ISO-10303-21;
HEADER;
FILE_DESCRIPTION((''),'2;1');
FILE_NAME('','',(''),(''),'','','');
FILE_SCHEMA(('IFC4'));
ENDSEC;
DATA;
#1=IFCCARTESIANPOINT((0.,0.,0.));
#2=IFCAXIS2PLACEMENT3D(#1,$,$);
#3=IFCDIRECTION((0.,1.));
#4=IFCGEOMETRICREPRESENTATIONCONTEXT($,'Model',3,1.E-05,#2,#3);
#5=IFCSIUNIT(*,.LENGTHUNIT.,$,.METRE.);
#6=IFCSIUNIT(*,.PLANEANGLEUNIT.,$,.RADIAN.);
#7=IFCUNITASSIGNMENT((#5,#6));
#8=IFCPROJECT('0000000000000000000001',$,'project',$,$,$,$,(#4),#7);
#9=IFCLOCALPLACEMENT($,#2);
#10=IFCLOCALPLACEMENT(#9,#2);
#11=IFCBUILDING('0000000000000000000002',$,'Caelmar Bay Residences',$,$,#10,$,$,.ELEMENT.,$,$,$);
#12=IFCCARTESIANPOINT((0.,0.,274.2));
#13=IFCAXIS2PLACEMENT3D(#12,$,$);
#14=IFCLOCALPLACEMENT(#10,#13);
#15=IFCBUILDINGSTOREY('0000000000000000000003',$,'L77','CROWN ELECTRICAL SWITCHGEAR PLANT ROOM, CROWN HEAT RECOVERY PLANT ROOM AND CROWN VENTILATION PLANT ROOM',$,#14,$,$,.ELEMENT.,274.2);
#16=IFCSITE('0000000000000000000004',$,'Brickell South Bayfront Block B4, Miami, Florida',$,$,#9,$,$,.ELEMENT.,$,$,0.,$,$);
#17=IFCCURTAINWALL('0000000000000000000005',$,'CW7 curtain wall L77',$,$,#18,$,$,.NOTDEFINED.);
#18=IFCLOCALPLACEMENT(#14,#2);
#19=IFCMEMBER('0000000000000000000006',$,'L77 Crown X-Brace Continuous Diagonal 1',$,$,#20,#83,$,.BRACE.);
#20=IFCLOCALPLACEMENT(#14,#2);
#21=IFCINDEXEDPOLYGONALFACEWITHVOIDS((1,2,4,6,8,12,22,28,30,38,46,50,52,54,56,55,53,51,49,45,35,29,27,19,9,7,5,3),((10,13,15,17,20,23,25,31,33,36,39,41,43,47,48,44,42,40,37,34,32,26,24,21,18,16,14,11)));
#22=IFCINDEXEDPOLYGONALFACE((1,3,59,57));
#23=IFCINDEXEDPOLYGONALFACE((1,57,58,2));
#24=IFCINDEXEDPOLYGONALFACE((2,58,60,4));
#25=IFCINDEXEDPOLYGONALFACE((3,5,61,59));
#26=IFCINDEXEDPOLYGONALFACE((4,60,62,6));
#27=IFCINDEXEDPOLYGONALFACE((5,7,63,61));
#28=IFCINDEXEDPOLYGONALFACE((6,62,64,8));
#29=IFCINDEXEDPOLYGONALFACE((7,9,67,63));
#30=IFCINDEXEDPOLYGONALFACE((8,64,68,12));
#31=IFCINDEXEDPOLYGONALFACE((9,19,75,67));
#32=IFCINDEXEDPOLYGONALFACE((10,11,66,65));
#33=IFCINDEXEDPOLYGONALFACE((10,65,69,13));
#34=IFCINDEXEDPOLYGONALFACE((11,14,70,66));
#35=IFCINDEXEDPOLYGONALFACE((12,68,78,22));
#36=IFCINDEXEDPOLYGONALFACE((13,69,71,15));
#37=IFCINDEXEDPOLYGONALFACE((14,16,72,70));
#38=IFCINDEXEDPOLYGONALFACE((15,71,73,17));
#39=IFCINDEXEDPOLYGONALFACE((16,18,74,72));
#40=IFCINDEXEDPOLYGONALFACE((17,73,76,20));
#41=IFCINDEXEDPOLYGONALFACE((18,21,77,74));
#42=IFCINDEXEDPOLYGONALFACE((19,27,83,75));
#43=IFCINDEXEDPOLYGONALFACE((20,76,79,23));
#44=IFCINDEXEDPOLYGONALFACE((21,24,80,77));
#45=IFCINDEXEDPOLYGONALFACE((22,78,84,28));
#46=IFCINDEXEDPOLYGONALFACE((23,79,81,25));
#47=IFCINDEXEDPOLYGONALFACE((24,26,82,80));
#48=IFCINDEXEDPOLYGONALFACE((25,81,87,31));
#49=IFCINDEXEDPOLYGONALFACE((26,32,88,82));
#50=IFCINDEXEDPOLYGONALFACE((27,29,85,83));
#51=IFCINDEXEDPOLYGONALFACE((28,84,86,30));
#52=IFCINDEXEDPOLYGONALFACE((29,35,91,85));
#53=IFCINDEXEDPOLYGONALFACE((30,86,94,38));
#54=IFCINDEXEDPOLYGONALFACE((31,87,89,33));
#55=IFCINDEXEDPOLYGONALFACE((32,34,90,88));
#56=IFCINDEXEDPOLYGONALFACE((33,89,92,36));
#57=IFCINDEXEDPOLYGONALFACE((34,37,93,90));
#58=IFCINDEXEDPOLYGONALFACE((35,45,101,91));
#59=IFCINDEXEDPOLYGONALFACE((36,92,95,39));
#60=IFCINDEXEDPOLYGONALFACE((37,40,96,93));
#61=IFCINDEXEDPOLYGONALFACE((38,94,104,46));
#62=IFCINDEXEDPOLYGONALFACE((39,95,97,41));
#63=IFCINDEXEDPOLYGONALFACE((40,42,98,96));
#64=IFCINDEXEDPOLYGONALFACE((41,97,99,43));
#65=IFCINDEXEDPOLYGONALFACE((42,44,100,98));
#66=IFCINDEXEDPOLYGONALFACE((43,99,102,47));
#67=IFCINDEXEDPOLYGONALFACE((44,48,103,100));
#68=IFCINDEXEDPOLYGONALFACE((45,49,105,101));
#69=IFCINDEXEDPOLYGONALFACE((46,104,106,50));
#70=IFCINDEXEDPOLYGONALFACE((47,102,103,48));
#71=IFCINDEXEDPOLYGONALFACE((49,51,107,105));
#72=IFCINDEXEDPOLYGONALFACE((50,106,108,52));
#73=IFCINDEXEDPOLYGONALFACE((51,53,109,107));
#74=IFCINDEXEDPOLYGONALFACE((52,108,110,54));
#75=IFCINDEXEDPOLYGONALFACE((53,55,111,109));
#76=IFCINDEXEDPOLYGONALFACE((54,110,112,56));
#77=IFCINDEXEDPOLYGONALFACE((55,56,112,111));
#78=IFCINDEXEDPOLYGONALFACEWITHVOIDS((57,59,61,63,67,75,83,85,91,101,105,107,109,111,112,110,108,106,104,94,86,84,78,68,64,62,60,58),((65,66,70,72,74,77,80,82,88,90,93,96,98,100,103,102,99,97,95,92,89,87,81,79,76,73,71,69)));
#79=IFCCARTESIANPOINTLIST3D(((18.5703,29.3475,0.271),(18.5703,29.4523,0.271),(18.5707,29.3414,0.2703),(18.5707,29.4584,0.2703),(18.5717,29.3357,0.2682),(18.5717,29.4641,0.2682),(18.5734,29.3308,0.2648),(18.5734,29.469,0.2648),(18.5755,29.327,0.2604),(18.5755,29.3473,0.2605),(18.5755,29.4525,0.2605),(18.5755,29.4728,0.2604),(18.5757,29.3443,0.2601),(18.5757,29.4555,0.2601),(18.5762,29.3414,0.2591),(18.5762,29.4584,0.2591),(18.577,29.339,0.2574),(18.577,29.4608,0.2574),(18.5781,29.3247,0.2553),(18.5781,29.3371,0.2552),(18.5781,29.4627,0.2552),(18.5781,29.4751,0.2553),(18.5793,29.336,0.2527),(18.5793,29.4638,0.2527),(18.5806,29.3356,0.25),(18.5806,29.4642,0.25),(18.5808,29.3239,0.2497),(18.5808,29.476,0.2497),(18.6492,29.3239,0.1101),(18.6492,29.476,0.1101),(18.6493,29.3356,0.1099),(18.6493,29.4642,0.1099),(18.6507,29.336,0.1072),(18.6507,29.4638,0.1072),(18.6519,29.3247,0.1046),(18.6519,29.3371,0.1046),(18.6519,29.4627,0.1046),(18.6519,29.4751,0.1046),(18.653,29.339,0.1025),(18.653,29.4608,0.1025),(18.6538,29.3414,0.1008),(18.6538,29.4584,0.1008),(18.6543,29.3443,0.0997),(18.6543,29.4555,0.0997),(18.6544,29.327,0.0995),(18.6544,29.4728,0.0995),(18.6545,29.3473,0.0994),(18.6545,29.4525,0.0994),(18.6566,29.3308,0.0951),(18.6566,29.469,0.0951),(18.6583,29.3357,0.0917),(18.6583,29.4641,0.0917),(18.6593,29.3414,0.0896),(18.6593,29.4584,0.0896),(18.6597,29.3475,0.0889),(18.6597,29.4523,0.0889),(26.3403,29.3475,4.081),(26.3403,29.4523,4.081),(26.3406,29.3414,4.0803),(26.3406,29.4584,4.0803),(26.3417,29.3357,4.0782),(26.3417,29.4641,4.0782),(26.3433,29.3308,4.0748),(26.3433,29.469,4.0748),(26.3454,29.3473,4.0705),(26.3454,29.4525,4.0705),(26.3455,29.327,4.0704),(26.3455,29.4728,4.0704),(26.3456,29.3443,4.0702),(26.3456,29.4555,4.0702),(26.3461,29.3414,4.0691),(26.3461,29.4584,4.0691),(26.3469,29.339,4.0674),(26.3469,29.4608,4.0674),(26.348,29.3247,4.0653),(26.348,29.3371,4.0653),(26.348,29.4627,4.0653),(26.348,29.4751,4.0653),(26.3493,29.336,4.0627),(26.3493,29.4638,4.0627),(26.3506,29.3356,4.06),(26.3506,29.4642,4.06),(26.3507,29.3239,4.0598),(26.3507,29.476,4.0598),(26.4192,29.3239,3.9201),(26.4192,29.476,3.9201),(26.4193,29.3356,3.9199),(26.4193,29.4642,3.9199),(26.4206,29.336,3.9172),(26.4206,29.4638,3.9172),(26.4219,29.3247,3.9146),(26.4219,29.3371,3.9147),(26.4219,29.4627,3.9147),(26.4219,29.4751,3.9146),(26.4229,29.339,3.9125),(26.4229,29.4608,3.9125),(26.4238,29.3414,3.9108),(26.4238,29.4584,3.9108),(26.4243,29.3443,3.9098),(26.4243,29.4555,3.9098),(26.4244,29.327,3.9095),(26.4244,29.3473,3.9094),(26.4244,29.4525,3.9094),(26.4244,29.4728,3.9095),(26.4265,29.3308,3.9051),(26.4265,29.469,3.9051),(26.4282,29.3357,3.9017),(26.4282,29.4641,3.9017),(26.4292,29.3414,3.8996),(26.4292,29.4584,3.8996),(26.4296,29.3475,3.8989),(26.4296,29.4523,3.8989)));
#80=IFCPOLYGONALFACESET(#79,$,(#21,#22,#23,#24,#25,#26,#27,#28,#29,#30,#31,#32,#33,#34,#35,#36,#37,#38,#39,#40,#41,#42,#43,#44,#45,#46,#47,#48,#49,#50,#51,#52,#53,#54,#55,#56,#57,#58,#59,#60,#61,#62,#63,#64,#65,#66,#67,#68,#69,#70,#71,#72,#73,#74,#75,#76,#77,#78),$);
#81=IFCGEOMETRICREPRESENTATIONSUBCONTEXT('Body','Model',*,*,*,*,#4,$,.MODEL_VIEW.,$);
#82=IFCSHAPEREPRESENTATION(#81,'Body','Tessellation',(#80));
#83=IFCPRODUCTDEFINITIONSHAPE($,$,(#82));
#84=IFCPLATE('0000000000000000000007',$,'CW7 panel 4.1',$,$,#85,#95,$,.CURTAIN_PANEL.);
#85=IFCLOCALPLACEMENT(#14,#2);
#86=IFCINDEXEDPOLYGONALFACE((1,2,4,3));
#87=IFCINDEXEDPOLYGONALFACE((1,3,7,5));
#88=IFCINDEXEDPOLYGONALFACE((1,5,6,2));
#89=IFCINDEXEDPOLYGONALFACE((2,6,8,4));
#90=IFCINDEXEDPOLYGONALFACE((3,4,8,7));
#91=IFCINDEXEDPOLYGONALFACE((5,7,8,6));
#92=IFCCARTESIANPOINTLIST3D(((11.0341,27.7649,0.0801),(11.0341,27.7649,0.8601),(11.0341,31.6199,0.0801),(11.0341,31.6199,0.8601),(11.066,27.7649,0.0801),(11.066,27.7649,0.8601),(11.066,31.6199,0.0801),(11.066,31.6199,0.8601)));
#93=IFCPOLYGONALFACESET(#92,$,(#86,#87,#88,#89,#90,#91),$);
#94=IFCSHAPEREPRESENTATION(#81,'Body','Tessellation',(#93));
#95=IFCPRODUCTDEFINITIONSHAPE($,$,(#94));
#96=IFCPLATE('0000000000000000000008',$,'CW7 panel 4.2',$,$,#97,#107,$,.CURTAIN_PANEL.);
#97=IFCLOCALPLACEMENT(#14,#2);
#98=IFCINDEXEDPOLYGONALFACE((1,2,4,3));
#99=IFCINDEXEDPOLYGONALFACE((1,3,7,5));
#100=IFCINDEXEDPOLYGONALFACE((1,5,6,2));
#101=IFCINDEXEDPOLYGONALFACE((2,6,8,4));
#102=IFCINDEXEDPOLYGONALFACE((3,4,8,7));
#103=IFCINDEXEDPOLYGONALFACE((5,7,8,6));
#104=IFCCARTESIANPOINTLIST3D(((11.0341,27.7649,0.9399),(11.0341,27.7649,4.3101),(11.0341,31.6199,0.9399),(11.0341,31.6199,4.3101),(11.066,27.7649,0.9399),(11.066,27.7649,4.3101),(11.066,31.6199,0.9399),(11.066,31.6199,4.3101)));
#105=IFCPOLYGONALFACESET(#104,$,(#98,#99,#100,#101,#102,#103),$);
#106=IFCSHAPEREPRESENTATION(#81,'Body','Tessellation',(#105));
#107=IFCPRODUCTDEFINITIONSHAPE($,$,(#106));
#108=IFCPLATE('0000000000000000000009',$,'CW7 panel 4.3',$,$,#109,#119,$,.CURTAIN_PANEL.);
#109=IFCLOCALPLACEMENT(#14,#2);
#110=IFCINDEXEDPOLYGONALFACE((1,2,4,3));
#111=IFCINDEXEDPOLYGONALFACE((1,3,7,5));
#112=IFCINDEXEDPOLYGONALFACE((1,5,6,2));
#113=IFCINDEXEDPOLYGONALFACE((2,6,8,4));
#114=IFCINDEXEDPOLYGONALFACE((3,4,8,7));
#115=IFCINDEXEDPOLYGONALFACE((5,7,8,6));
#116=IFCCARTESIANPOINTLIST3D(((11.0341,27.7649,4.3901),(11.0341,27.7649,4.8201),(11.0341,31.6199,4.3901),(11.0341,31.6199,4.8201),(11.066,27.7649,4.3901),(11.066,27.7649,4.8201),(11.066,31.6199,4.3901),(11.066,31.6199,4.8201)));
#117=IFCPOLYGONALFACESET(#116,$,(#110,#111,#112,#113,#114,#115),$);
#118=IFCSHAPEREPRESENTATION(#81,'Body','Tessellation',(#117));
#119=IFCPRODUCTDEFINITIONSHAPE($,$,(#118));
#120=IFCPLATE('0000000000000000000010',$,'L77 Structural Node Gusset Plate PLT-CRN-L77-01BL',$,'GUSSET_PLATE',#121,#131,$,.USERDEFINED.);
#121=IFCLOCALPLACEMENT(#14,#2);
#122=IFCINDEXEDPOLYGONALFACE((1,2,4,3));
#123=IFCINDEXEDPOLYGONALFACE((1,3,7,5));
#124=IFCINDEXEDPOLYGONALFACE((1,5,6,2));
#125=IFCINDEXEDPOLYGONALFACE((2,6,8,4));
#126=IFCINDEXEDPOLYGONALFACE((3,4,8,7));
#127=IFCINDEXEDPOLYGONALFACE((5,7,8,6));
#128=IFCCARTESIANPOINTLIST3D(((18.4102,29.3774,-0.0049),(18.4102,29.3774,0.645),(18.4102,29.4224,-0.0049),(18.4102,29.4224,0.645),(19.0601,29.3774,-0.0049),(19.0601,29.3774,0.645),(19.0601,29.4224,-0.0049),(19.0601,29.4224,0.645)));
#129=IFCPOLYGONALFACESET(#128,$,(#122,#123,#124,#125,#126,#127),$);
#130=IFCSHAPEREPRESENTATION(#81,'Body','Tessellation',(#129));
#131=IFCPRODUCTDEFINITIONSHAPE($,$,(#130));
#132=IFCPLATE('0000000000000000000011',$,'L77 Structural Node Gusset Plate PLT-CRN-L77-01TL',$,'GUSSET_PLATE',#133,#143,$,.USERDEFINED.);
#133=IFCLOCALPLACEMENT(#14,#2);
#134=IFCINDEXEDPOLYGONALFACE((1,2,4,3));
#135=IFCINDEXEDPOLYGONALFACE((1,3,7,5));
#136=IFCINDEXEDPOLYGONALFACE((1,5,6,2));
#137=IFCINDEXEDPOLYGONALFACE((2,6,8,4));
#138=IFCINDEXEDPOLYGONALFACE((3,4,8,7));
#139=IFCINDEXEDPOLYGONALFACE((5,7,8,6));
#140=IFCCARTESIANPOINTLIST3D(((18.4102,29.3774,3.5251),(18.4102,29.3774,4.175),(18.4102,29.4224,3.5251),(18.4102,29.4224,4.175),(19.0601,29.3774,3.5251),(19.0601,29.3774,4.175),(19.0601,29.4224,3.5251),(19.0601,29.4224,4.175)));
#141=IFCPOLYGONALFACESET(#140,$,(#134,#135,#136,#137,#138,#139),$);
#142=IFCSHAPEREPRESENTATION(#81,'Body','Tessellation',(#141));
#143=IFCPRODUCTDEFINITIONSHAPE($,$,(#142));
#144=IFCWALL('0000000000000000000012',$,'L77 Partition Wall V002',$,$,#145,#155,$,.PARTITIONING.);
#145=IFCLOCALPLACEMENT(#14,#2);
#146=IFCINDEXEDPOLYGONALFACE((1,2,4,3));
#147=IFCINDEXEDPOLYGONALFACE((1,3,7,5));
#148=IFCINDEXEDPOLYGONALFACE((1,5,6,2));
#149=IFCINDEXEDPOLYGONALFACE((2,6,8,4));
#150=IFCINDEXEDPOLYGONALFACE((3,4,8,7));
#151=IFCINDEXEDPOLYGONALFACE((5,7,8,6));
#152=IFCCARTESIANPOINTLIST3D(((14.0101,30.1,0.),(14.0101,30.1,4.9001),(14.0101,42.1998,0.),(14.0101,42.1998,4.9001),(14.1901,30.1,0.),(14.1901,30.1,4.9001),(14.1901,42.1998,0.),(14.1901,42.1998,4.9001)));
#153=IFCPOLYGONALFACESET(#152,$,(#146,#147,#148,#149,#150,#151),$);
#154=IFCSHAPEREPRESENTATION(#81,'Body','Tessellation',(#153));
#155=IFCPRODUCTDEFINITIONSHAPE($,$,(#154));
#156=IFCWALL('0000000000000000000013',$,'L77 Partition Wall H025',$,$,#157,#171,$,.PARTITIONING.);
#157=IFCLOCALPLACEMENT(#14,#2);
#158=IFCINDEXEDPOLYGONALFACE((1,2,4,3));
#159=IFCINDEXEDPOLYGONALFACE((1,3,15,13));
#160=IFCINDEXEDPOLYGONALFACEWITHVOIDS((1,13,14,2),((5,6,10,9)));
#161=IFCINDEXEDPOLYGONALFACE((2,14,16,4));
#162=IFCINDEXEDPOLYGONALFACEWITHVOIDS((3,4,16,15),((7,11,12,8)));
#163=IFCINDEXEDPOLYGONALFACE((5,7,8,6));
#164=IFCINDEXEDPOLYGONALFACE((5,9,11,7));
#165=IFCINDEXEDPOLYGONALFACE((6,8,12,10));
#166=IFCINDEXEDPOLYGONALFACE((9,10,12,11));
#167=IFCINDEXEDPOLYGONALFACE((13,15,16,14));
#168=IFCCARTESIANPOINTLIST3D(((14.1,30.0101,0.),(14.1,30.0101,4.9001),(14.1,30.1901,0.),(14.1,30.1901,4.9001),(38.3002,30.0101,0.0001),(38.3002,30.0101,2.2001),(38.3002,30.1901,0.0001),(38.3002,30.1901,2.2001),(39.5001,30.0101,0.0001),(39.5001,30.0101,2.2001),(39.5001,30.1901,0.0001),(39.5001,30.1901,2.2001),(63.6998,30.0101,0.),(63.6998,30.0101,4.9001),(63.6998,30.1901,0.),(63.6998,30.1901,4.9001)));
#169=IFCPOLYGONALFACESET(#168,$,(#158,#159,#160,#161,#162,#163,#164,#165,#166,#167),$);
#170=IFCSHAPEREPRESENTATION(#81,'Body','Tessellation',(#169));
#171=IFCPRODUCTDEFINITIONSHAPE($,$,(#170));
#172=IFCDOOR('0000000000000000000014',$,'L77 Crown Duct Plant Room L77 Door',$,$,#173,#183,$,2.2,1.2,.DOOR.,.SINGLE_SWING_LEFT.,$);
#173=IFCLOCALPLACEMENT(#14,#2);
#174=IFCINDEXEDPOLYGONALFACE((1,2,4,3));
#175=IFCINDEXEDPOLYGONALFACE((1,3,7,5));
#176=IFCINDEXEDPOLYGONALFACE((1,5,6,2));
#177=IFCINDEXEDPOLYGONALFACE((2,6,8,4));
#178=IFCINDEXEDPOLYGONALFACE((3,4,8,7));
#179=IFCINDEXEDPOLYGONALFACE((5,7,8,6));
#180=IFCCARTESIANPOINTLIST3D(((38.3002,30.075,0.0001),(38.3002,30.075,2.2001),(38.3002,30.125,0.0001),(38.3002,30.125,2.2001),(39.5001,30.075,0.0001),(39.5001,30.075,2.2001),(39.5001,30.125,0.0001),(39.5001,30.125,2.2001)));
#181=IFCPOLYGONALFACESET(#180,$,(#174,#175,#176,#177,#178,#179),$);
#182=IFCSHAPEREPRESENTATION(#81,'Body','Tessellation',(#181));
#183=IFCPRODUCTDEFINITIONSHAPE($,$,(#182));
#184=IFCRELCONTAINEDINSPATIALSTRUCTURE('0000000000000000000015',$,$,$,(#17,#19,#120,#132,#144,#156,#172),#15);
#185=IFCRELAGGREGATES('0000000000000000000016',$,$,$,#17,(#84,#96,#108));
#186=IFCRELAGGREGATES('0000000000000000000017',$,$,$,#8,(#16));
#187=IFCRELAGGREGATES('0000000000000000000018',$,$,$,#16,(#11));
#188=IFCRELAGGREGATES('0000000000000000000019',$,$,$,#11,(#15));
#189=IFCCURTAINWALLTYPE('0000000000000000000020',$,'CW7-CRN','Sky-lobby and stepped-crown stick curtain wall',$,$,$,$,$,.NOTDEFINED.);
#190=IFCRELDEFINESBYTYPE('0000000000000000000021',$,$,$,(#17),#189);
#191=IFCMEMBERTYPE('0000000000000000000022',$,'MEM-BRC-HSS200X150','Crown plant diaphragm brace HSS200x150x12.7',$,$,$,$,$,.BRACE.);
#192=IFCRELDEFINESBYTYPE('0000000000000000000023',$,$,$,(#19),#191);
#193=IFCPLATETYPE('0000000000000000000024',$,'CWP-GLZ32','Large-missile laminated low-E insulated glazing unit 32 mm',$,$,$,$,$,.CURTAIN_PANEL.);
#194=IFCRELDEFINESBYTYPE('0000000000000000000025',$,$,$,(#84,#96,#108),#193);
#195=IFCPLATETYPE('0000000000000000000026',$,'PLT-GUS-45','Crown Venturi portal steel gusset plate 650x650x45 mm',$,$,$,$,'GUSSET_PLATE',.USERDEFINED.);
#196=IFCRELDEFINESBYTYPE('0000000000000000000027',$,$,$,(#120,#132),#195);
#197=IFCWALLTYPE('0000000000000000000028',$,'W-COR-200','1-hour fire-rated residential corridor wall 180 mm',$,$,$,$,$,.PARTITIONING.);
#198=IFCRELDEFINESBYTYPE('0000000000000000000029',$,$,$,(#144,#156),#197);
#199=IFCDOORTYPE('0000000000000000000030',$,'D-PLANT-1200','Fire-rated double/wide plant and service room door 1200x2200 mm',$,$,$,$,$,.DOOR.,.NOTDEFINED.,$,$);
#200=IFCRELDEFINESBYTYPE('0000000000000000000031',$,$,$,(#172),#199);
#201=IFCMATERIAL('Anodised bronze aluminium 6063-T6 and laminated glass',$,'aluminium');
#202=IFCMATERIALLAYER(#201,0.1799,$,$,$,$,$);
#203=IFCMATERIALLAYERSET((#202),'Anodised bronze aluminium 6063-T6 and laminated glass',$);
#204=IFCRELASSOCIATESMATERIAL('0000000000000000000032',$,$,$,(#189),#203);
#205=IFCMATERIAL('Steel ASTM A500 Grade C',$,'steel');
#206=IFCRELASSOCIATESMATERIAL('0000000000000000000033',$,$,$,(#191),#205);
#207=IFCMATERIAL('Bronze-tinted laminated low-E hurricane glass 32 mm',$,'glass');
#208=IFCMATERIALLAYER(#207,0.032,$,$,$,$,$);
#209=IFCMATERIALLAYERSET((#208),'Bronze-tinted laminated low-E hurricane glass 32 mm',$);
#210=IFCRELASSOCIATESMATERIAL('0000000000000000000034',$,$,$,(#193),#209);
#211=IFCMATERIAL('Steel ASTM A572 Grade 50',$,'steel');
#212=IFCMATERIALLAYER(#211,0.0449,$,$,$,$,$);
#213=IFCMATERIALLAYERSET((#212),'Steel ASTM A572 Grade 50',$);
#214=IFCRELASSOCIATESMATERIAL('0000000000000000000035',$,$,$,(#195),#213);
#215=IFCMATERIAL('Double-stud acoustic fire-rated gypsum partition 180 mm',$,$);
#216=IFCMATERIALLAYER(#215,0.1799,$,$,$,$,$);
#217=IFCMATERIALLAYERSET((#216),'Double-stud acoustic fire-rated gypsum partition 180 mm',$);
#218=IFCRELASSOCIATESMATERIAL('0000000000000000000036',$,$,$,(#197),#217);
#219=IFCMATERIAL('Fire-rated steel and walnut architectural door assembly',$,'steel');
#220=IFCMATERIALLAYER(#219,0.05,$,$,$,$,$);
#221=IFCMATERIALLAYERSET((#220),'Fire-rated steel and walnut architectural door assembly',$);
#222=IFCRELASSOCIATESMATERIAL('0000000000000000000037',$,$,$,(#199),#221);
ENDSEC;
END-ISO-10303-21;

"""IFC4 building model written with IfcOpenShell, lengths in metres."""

from ifc_helpers import new_model, si_unit, direction, frame, frame_2d, origin, origin_2d, place, context, subcontext, project, spatial, rectangle, hollow_rectangle, extrude, material, layer, layer_set, material_profile, profile_set, type_object, element, fill, aggregate, save


model = new_model("IFC4")

# Units and contexts
model_context = context("Model", 3, precision=1e-05, world=origin(), true_north=direction((0.0, 1.0)))
body_context = subcontext(model_context, "Body", "Model", "MODEL_VIEW")
ifc_project = project(units=[si_unit("LENGTHUNIT", "METRE"), si_unit("PLANEANGLEUNIT", "RADIAN")], contexts=[model_context])

# Site, building, storey
site_placement = place(None, origin())
site = spatial("IfcSite", under=ifc_project, at=site_placement, Name="Brickell South Bayfront Block B4, Miami, Florida", CompositionType="ELEMENT", RefElevation=0.0)
building_placement = place(site_placement, origin())
building = spatial("IfcBuilding", under=site, at=building_placement, Name="Caelmar Bay Residences", CompositionType="ELEMENT")
storey_placement = place(building_placement, frame((0.0, 0.0, 274.2)))
storey = spatial("IfcBuildingStorey", under=building, at=storey_placement, Name="L77", Description="CROWN ELECTRICAL SWITCHGEAR PLANT ROOM, CROWN HEAT RECOVERY PLANT ROOM AND CROWN VENTILATION PLANT ROOM", CompositionType="ELEMENT", Elevation=274.2)

# Curtain wall
ifc_material_1 = material(Name="Anodised bronze aluminium 6063-T6 and laminated glass", Category="aluminium")
ifc_layer_1 = layer(ifc_material_1, 0.1799)
ifc_layer_set_1 = layer_set([ifc_layer_1], Name="Anodised bronze aluminium 6063-T6 and laminated glass")
curtain_wall_type = type_object("IfcCurtainWallType", Name="CW7-CRN", Description="Sky-lobby and stepped-crown stick curtain wall", PredefinedType="NOTDEFINED", material=ifc_layer_set_1)
curtain_wall_placement = place(storey_placement, origin())
curtain_wall = element("IfcCurtainWall", 1, at=curtain_wall_placement, inside=storey, type_object=curtain_wall_type, Name="CW7 curtain wall L77", PredefinedType="NOTDEFINED")

# Member
ifc_material_2 = material(Name="Steel ASTM A500 Grade C", Category="steel")
ifc_material_profile_1 = material_profile(ifc_material_2, hollow_rectangle(XDim=0.1521, YDim=0.2029, WallThickness=0.0117, InnerFilletRadius=0.0117, OuterFilletRadius=0.0237, at=origin_2d()), Name="HSS200X150X12.7")
ifc_profile_set_1 = profile_set([ifc_material_profile_1], Name="Steel ASTM A500 Grade C")
member_type_1 = type_object("IfcMemberType", Name="MEM-BRC-HSS200X150", Description="Crown plant diaphragm brace HSS200x150x12.7", PredefinedType="BRACE", material=ifc_profile_set_1)
member_1_placement = place(storey_placement, frame((18.615, 29.3999, 0.1799), z_axis=(0.897865, 0.0, 0.440271), x_axis=(0.0, 1.0, 0.0)))
element("IfcMember", 2, at=member_1_placement, inside=storey, type_object=member_type_1, Name="L77 Crown X-Brace Continuous Diagonal 1", PredefinedType="BRACE", context=body_context, shape_type="SweptSolid", body=[
    extrude(hollow_rectangle(XDim=0.1521, YDim=0.2029, WallThickness=0.0117, InnerFilletRadius=0.0117, OuterFilletRadius=0.0237, at=origin_2d()), origin(), (0.0, 0.0, 1.0), 8.6538),
])

# Plates
ifc_material_3 = material(Name="Bronze-tinted laminated low-E hurricane glass 32 mm", Category="glass")
ifc_layer_2 = layer(ifc_material_3, 0.032)
ifc_layer_set_2 = layer_set([ifc_layer_2], Name="Bronze-tinted laminated low-E hurricane glass 32 mm")
plate_type_1 = type_object("IfcPlateType", Name="CWP-GLZ32", Description="Large-missile laminated low-E insulated glazing unit 32 mm", PredefinedType="CURTAIN_PANEL", material=ifc_layer_set_2)
plate_1_placement = place(storey_placement, frame((11.05, 29.6924, 0.0801), z_axis=(0.0, 0.0, 1.0), x_axis=(0.0, 1.0, 0.0)))
plate_1 = element("IfcPlate", 3, at=plate_1_placement, type_object=plate_type_1, Name="CW7 panel 4.1", PredefinedType="CURTAIN_PANEL", context=body_context, shape_type="SweptSolid", body=[
    extrude(rectangle(XDim=3.855, YDim=0.032, at=origin_2d()), origin(), (0.0, 0.0, 1.0), 0.78),
])
plate_2_placement = place(storey_placement, frame((11.05, 29.6924, 0.9399), z_axis=(0.0, 0.0, 1.0), x_axis=(0.0, 1.0, 0.0)))
plate_2 = element("IfcPlate", 4, at=plate_2_placement, type_object=plate_type_1, Name="CW7 panel 4.2", PredefinedType="CURTAIN_PANEL", context=body_context, shape_type="SweptSolid", body=[
    extrude(rectangle(XDim=3.855, YDim=0.032, at=origin_2d()), origin(), (0.0, 0.0, 1.0), 3.3701),
])
plate_3_placement = place(storey_placement, frame((11.05, 29.6924, 4.3901), z_axis=(0.0, 0.0, 1.0), x_axis=(0.0, 1.0, 0.0)))
plate_3 = element("IfcPlate", 5, at=plate_3_placement, type_object=plate_type_1, Name="CW7 panel 4.3", PredefinedType="CURTAIN_PANEL", context=body_context, shape_type="SweptSolid", body=[
    extrude(rectangle(XDim=3.855, YDim=0.032, at=origin_2d()), origin(), (0.0, 0.0, 1.0), 0.4299),
])
aggregate(curtain_wall, [plate_1, plate_2, plate_3])

# Plates
ifc_material_4 = material(Name="Steel ASTM A572 Grade 50", Category="steel")
ifc_layer_3 = layer(ifc_material_4, 0.0449)
ifc_layer_set_3 = layer_set([ifc_layer_3], Name="Steel ASTM A572 Grade 50")
plate_type_2 = type_object("IfcPlateType", Name="PLT-GUS-45", Description="Crown Venturi portal steel gusset plate 650x650x45 mm", ElementType="GUSSET_PLATE", PredefinedType="USERDEFINED", material=ifc_layer_set_3)
for number, where, z_axis, x_axis, name in (
    (6, (18.7351, 29.3999, -0.0049), (0.0, 0.0, 1.0), (1.0, 0.0, 0.0), "L77 Structural Node Gusset Plate PLT-CRN-L77-01BL"),
    (7, (18.7351, 29.3999, 3.5251), (0.0, 0.0, 1.0), (1.0, 0.0, 0.0), "L77 Structural Node Gusset Plate PLT-CRN-L77-01TL"),
):
    element("IfcPlate", number, at=place(storey_placement, frame(where, z_axis=z_axis, x_axis=x_axis)), inside=storey, type_object=plate_type_2, Name=name, ObjectType="GUSSET_PLATE", PredefinedType="USERDEFINED", context=body_context, shape_type="SweptSolid", body=[
        extrude(rectangle(XDim=0.6499, YDim=0.0449, at=origin_2d()), origin(), (0.0, 0.0, 1.0), 0.6499),
    ])

# Wall
ifc_material_5 = material(Name="Double-stud acoustic fire-rated gypsum partition 180 mm")
ifc_layer_4 = layer(ifc_material_5, 0.1799)
ifc_layer_set_4 = layer_set([ifc_layer_4], Name="Double-stud acoustic fire-rated gypsum partition 180 mm")
wall_type_1 = type_object("IfcWallType", Name="W-COR-200", Description="1-hour fire-rated residential corridor wall 180 mm", PredefinedType="PARTITIONING", material=ifc_layer_set_4)
wall_1_placement = place(storey_placement, frame((14.1001, 30.1001, 0.0), z_axis=(0.0, 0.0, 1.0), x_axis=(0.0, 1.0, 0.0)))
element("IfcWall", 8, at=wall_1_placement, inside=storey, type_object=wall_type_1, Name="L77 Partition Wall V002", PredefinedType="PARTITIONING", context=body_context, shape_type="SweptSolid", body=[
    extrude(rectangle(XDim=12.0999, YDim=0.1799, at=frame_2d((6.0498, 0.0))), origin(), (0.0, 0.0, 1.0), 4.9001),
])

# Wall, opening, door
wall_2_placement = place(storey_placement, frame((14.1001, 30.1001, 0.0), z_axis=(0.0, 0.0, 1.0), x_axis=(1.0, 0.0, 0.0)))
wall_2 = element("IfcWall", 9, at=wall_2_placement, inside=storey, type_object=wall_type_1, Name="L77 Partition Wall H025", PredefinedType="PARTITIONING", context=body_context, shape_type="SweptSolid", body=[
    extrude(rectangle(XDim=49.5999, YDim=0.1799, at=frame_2d((24.7998, 0.0))), origin(), (0.0, 0.0, 1.0), 4.9001),
])
opening_1_placement = place(wall_2_placement, frame((24.2, 0.0, 0.0)))
opening_1 = element("IfcOpeningElement", 10, at=opening_1_placement, cuts=wall_2, PredefinedType="OPENING", context=body_context, shape_type="SweptSolid", body=[
    extrude(rectangle(XDim=1.2, YDim=2.2, at=frame_2d((0.6001, 1.1001))), frame((0.0, 0.0999, 0.0), z_axis=(0.0, -1.0, 0.0), x_axis=(1.0, 0.0, 0.0)), (0.0, 0.0, 1.0), 0.2),
])
ifc_material_6 = material(Name="Fire-rated steel and walnut architectural door assembly", Category="steel")
ifc_layer_5 = layer(ifc_material_6, 0.05)
ifc_layer_set_5 = layer_set([ifc_layer_5], Name="Fire-rated steel and walnut architectural door assembly")
door_type = type_object("IfcDoorType", Name="D-PLANT-1200", Description="Fire-rated double/wide plant and service room door 1200x2200 mm", OperationType="NOTDEFINED", PredefinedType="DOOR", material=ifc_layer_set_5)
door_1_placement = place(opening_1_placement, origin())
door_1 = element("IfcDoor", 11, at=door_1_placement, inside=storey, type_object=door_type, Name="L77 Crown Duct Plant Room L77 Door", OperationType="SINGLE_SWING_LEFT", OverallHeight=2.2, OverallWidth=1.2, PredefinedType="DOOR", context=body_context, shape_type="SweptSolid", body=[
    extrude(rectangle(XDim=1.2, YDim=2.2, at=frame_2d((0.6001, 1.1001))), frame((0.0, 0.0249, 0.0), z_axis=(0.0, -1.0, 0.0), x_axis=(1.0, 0.0, 0.0)), (0.0, 0.0, 1.0), 0.05),
])
fill(opening_1, door_1)

save(model, "model.ifc")
